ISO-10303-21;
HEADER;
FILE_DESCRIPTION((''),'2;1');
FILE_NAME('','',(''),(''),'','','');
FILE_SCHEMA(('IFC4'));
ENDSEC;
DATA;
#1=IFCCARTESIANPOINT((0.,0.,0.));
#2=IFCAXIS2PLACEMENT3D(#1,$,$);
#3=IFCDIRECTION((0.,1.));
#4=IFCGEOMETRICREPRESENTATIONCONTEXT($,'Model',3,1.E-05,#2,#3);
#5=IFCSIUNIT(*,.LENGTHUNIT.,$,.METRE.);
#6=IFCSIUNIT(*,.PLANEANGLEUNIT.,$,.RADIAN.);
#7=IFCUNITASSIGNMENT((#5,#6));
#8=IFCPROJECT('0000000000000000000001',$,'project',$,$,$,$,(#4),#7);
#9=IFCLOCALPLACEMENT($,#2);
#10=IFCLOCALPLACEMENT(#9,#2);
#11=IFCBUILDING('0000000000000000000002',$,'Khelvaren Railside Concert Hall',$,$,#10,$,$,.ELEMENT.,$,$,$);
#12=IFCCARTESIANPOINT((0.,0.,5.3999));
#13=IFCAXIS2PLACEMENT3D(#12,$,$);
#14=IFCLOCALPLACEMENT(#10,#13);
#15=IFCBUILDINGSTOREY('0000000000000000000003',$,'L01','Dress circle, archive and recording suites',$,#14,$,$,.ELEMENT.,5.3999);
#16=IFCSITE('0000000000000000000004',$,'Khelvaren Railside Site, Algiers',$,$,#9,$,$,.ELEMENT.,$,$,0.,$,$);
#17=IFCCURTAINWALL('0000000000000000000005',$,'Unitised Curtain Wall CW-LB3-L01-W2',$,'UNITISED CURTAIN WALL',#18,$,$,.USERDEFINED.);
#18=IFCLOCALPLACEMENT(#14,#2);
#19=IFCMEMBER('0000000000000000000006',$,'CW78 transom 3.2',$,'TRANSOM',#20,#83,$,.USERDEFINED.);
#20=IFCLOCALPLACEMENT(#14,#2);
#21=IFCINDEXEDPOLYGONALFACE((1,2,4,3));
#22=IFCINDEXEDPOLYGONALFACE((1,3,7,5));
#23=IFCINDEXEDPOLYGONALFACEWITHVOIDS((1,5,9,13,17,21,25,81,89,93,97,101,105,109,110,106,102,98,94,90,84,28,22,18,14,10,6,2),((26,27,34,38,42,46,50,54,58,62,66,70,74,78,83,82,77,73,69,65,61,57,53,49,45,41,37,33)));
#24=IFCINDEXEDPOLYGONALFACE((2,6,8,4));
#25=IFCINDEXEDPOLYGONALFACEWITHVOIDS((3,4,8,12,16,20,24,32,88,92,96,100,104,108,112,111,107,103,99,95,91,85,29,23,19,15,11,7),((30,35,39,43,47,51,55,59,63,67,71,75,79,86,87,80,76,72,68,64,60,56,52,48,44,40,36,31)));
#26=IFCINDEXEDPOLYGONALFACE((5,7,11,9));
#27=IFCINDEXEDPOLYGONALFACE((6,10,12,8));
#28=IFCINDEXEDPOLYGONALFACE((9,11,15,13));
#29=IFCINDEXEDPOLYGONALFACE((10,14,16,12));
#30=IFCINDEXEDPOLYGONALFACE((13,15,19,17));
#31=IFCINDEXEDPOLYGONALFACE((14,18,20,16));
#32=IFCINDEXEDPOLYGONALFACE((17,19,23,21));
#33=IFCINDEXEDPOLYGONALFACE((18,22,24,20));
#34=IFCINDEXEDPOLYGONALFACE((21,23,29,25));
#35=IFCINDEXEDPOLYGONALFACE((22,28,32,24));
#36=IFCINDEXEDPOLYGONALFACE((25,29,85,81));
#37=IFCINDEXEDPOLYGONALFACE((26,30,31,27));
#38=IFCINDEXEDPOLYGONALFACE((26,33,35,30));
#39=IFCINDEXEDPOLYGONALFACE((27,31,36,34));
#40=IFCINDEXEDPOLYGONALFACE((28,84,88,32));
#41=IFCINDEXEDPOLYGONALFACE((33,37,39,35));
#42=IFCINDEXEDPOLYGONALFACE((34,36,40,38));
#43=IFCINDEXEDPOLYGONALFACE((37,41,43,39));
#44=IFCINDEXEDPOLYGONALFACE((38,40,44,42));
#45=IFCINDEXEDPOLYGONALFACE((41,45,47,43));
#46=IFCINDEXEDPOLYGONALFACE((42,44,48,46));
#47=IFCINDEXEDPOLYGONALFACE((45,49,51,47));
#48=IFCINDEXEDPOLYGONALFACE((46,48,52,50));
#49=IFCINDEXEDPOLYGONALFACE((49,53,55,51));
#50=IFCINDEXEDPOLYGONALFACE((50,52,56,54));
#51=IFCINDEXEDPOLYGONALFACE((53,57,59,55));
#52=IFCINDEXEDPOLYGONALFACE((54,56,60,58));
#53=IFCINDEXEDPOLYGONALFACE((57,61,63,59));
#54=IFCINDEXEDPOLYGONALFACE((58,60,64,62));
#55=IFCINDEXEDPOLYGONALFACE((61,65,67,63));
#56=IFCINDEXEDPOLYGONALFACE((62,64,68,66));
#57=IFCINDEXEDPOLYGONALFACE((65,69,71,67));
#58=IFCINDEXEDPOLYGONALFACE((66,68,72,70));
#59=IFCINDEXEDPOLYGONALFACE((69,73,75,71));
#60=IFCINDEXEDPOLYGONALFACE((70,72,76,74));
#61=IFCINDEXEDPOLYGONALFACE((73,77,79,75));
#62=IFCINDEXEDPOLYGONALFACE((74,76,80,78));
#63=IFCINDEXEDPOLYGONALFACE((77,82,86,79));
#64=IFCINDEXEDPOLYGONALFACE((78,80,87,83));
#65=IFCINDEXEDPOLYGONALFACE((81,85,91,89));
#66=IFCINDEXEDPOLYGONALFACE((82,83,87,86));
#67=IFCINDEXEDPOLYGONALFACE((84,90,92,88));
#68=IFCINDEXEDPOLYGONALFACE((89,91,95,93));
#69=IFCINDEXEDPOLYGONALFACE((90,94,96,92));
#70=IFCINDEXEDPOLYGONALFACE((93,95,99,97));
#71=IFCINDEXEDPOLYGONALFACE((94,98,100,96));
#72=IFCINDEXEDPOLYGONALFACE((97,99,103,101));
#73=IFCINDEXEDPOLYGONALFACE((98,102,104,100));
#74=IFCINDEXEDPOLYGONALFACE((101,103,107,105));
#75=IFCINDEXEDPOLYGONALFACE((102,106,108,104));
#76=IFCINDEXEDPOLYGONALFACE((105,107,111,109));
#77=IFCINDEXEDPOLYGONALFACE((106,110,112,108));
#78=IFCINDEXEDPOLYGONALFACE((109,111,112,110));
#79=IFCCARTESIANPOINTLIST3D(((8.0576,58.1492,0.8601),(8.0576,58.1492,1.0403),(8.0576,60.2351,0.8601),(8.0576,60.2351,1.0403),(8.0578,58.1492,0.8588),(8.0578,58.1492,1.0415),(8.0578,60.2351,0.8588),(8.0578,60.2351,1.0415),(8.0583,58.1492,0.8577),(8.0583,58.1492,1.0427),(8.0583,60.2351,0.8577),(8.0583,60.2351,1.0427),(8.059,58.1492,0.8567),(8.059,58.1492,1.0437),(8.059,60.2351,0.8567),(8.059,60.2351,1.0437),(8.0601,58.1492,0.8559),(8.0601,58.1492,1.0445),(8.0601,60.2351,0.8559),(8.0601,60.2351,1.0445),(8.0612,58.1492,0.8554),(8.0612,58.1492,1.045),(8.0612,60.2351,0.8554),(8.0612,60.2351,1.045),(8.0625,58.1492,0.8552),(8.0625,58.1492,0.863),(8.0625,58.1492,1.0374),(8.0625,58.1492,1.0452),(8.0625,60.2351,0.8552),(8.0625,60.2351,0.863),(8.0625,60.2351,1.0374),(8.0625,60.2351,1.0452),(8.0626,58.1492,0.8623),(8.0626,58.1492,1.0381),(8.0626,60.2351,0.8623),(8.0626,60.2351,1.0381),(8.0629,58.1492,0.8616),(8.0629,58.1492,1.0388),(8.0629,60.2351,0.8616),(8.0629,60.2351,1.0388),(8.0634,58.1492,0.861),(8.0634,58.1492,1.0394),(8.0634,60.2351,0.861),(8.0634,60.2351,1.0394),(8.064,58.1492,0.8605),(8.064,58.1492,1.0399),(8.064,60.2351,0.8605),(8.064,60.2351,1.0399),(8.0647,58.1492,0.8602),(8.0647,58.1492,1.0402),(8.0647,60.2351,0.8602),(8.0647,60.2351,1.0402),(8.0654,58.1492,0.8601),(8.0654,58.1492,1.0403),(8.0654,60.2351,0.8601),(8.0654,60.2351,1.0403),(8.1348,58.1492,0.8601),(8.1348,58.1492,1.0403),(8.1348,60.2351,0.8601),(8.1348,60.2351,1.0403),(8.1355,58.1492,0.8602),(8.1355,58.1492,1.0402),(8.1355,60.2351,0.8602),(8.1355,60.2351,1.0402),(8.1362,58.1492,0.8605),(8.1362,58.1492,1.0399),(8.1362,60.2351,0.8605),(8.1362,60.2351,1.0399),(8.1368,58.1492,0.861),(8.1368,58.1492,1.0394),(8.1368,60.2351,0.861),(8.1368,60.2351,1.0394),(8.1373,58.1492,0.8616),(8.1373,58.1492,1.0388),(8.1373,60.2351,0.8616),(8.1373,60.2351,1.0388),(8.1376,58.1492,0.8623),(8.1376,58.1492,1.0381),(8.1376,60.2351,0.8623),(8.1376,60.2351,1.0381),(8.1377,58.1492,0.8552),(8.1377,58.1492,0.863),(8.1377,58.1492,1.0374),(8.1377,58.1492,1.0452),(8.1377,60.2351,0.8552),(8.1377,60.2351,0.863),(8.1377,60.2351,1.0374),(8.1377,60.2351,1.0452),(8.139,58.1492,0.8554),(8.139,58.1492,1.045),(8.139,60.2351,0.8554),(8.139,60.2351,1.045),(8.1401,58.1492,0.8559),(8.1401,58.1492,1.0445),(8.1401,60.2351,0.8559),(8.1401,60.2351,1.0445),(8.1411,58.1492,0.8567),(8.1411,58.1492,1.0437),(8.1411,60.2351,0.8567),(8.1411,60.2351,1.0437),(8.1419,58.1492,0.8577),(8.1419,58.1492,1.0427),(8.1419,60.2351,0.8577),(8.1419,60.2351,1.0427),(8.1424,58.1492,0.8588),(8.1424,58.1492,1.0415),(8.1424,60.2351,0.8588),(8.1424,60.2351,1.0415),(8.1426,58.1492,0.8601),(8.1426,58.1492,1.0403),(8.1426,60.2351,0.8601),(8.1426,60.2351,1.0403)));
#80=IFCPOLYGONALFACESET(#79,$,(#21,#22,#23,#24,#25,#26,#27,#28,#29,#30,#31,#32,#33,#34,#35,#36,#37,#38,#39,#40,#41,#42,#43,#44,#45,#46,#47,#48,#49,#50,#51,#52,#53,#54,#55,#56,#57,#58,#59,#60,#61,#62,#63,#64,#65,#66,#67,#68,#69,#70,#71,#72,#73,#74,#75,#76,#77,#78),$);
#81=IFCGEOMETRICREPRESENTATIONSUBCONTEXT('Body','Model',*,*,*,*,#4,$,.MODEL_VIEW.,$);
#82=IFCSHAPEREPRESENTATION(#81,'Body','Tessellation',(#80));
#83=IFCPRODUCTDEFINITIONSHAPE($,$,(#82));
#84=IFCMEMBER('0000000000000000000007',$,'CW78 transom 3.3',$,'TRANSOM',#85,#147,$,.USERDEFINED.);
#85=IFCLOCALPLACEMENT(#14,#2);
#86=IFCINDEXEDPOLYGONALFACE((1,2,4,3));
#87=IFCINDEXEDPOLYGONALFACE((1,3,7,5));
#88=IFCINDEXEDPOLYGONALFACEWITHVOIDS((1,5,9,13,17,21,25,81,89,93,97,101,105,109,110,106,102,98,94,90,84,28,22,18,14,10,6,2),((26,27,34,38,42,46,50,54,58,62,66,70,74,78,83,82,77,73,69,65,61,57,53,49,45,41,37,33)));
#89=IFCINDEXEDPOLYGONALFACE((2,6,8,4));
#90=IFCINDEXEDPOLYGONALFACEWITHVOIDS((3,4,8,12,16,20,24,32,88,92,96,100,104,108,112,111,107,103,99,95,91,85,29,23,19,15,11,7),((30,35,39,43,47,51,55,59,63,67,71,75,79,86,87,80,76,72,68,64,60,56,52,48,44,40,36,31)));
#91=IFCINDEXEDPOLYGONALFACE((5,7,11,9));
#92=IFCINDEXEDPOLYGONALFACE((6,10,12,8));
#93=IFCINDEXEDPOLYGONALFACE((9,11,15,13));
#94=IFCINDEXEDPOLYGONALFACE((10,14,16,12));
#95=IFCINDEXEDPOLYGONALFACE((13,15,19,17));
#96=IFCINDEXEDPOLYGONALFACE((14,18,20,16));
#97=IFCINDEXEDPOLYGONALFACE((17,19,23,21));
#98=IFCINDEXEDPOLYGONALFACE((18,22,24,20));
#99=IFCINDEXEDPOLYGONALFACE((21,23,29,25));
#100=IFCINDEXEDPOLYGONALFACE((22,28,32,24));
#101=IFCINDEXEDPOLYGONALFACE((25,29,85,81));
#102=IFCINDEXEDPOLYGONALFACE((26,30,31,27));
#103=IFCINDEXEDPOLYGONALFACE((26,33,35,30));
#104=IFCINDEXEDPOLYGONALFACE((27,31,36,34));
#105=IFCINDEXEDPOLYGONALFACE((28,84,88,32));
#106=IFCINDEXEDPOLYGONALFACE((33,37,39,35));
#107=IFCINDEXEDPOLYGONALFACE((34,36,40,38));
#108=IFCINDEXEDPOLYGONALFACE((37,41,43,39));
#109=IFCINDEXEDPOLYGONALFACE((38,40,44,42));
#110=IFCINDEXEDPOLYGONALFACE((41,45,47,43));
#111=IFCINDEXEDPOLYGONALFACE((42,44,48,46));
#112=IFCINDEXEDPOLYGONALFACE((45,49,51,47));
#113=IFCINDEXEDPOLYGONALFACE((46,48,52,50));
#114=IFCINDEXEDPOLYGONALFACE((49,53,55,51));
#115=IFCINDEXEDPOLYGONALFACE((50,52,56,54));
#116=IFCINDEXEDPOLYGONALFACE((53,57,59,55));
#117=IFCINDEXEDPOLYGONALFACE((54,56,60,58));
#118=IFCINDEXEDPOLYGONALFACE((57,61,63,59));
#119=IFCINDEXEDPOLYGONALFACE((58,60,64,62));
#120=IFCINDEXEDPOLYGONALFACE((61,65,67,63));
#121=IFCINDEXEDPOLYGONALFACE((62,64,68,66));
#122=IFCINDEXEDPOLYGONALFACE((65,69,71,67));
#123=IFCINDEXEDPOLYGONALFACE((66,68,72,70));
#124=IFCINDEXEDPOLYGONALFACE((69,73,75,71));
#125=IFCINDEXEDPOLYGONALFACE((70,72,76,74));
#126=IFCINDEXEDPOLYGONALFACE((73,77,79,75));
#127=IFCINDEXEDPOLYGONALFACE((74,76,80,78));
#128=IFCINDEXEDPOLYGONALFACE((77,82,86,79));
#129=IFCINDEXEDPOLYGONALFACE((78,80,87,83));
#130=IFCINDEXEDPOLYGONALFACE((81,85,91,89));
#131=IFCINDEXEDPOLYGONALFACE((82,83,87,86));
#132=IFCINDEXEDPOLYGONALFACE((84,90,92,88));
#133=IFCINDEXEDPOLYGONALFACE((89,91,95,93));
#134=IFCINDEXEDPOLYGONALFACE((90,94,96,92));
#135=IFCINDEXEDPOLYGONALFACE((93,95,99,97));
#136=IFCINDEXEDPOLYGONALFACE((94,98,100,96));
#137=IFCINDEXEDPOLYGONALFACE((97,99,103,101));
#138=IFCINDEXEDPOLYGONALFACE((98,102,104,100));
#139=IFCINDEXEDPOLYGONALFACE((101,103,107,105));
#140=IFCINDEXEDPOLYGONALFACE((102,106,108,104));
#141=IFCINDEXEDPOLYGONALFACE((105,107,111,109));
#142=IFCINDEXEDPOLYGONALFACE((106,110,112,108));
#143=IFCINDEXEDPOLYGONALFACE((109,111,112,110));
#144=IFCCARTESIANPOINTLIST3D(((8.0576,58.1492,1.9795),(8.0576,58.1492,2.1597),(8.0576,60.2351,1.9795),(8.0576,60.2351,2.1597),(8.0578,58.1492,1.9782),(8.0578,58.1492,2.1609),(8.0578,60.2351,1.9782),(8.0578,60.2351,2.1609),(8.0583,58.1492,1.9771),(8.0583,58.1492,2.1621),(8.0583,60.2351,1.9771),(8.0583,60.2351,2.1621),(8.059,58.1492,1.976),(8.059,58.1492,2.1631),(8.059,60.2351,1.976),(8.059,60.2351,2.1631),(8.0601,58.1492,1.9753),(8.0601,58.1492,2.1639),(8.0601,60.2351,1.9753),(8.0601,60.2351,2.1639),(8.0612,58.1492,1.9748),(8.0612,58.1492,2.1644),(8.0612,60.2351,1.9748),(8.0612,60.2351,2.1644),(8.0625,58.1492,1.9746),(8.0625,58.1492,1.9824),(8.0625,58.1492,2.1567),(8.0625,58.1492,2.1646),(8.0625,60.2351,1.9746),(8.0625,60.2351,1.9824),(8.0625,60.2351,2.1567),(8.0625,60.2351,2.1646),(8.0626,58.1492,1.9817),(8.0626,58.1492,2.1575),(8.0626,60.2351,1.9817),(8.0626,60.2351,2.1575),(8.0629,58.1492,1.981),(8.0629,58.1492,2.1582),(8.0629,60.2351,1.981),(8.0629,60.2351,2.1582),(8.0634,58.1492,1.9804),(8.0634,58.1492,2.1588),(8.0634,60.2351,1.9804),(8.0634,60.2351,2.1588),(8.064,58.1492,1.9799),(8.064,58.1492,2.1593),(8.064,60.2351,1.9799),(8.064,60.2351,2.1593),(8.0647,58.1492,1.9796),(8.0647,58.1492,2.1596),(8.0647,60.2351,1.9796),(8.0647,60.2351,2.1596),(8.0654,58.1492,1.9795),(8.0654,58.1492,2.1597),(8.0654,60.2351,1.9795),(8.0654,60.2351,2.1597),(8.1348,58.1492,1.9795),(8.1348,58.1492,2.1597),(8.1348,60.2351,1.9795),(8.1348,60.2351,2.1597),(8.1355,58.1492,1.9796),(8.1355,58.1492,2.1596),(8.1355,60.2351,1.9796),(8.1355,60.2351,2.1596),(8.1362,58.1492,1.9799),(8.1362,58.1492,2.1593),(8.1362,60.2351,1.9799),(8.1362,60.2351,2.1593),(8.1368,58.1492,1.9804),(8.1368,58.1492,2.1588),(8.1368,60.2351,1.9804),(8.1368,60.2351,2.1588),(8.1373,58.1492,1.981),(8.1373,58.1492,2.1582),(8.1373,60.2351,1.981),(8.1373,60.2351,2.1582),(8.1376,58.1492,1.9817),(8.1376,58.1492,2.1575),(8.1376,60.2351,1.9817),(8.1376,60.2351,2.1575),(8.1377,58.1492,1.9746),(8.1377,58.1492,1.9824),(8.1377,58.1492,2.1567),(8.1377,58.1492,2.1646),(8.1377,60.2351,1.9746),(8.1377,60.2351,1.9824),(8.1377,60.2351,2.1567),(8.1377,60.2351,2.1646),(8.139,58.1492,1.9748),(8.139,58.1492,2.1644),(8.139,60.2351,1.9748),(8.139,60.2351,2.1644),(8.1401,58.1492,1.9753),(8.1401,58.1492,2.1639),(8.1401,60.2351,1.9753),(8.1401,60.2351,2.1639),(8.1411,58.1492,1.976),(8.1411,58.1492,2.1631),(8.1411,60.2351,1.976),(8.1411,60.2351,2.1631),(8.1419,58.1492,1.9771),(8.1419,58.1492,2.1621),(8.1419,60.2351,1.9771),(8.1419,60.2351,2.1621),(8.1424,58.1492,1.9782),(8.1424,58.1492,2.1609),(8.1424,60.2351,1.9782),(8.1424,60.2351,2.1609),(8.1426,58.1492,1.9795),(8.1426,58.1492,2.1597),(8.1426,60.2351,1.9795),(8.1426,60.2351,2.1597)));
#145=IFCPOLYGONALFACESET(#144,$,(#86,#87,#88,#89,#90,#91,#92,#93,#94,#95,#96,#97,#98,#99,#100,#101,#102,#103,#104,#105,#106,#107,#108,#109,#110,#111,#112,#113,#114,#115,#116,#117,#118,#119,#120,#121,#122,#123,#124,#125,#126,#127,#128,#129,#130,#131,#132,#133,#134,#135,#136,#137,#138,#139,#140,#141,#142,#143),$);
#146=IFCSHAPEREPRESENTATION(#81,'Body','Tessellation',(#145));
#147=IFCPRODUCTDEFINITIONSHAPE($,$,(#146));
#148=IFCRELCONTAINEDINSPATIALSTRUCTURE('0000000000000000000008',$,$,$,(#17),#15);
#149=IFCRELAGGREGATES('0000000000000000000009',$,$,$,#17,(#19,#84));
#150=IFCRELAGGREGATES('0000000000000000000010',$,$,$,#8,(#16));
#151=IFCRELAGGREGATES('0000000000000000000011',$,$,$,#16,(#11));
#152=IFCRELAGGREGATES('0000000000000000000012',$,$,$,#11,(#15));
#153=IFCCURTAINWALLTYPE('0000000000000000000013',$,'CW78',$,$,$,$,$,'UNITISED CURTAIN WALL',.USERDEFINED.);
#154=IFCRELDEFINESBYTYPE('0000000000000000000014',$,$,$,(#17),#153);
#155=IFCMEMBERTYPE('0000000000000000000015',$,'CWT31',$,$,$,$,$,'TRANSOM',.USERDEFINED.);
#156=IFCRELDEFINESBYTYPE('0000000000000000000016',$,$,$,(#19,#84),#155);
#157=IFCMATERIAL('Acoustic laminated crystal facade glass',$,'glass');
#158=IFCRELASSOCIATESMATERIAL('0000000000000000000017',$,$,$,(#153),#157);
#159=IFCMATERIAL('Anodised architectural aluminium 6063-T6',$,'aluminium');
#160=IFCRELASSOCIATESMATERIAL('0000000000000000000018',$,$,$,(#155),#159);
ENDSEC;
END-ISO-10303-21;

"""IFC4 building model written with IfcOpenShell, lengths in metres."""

from ifc_helpers import new_model, si_unit, direction, frame, origin, origin_2d, place, context, subcontext, project, spatial, hollow_rectangle, extrude, material, material_profile, profile_set, type_object, element, aggregate, save


model = new_model("IFC4")

# Units and contexts
model_context = context("Model", 3, precision=1e-05, world=origin(), true_north=direction((0.0, 1.0)))
body_context = subcontext(model_context, "Body", "Model", "MODEL_VIEW")
ifc_project = project(units=[si_unit("LENGTHUNIT", "METRE"), si_unit("PLANEANGLEUNIT", "RADIAN")], contexts=[model_context])

# Site, building, storey
site_placement = place(None, origin())
site = spatial("IfcSite", under=ifc_project, at=site_placement, Name="Khelvaren Railside Site, Algiers", CompositionType="ELEMENT", RefElevation=0.0)
building_placement = place(site_placement, origin())
building = spatial("IfcBuilding", under=site, at=building_placement, Name="Khelvaren Railside Concert Hall", CompositionType="ELEMENT")
storey_placement = place(building_placement, frame((0.0, 0.0, 5.3999)))
storey = spatial("IfcBuildingStorey", under=building, at=storey_placement, Name="L01", Description="Dress circle, archive and recording suites", CompositionType="ELEMENT", Elevation=5.3999)

# Curtain wall
ifc_material_1 = material(Name="Acoustic laminated crystal facade glass", Category="glass")
curtain_wall_type = type_object("IfcCurtainWallType", Name="CW78", ElementType="UNITISED CURTAIN WALL", PredefinedType="USERDEFINED", material=ifc_material_1)
curtain_wall_1_placement = place(storey_placement, origin())
curtain_wall_1 = element("IfcCurtainWall", 1, at=curtain_wall_1_placement, inside=storey, type_object=curtain_wall_type, Name="Unitised Curtain Wall CW-LB3-L01-W2", ObjectType="UNITISED CURTAIN WALL", PredefinedType="USERDEFINED")
ifc_material_2 = material(Name="Anodised architectural aluminium 6063-T6", Category="aluminium")

# Members
ifc_material_profile_1 = material_profile(ifc_material_2, hollow_rectangle(XDim=0.085, YDim=0.1899, WallThickness=0.0049, InnerFilletRadius=0.0029, OuterFilletRadius=0.0049, at=origin_2d()), Name="CWT 85x190x5")
ifc_profile_set_1 = profile_set([ifc_material_profile_1], Name="Anodised architectural aluminium 6063-T6")
member_type_1 = type_object("IfcMemberType", Name="CWT31", ElementType="TRANSOM", PredefinedType="USERDEFINED", material=ifc_profile_set_1)
member_1_placement = place(storey_placement, frame((8.1001, 58.1492, 0.9502), z_axis=(0.0, 1.0, 0.0), x_axis=(-1.0, 0.0, 0.0)))
member_1 = element("IfcMember", 2, at=member_1_placement, type_object=member_type_1, Name="CW78 transom 3.2", ObjectType="TRANSOM", PredefinedType="USERDEFINED", context=body_context, shape_type="SweptSolid", body=[
    extrude(hollow_rectangle(XDim=0.085, YDim=0.1899, WallThickness=0.0049, InnerFilletRadius=0.0029, OuterFilletRadius=0.0049, at=origin_2d()), origin(), (0.0, 0.0, 1.0), 2.0859),
])
member_2_placement = place(storey_placement, frame((8.1001, 58.1492, 2.0696), z_axis=(0.0, 1.0, 0.0), x_axis=(-1.0, 0.0, 0.0)))
member_2 = element("IfcMember", 3, at=member_2_placement, type_object=member_type_1, Name="CW78 transom 3.3", ObjectType="TRANSOM", PredefinedType="USERDEFINED", context=body_context, shape_type="SweptSolid", body=[
    extrude(hollow_rectangle(XDim=0.085, YDim=0.1899, WallThickness=0.0049, InnerFilletRadius=0.0029, OuterFilletRadius=0.0049, at=origin_2d()), origin(), (0.0, 0.0, 1.0), 2.0859),
])

aggregate(curtain_wall_1, [member_1, member_2])

save(model, "model.ifc")
